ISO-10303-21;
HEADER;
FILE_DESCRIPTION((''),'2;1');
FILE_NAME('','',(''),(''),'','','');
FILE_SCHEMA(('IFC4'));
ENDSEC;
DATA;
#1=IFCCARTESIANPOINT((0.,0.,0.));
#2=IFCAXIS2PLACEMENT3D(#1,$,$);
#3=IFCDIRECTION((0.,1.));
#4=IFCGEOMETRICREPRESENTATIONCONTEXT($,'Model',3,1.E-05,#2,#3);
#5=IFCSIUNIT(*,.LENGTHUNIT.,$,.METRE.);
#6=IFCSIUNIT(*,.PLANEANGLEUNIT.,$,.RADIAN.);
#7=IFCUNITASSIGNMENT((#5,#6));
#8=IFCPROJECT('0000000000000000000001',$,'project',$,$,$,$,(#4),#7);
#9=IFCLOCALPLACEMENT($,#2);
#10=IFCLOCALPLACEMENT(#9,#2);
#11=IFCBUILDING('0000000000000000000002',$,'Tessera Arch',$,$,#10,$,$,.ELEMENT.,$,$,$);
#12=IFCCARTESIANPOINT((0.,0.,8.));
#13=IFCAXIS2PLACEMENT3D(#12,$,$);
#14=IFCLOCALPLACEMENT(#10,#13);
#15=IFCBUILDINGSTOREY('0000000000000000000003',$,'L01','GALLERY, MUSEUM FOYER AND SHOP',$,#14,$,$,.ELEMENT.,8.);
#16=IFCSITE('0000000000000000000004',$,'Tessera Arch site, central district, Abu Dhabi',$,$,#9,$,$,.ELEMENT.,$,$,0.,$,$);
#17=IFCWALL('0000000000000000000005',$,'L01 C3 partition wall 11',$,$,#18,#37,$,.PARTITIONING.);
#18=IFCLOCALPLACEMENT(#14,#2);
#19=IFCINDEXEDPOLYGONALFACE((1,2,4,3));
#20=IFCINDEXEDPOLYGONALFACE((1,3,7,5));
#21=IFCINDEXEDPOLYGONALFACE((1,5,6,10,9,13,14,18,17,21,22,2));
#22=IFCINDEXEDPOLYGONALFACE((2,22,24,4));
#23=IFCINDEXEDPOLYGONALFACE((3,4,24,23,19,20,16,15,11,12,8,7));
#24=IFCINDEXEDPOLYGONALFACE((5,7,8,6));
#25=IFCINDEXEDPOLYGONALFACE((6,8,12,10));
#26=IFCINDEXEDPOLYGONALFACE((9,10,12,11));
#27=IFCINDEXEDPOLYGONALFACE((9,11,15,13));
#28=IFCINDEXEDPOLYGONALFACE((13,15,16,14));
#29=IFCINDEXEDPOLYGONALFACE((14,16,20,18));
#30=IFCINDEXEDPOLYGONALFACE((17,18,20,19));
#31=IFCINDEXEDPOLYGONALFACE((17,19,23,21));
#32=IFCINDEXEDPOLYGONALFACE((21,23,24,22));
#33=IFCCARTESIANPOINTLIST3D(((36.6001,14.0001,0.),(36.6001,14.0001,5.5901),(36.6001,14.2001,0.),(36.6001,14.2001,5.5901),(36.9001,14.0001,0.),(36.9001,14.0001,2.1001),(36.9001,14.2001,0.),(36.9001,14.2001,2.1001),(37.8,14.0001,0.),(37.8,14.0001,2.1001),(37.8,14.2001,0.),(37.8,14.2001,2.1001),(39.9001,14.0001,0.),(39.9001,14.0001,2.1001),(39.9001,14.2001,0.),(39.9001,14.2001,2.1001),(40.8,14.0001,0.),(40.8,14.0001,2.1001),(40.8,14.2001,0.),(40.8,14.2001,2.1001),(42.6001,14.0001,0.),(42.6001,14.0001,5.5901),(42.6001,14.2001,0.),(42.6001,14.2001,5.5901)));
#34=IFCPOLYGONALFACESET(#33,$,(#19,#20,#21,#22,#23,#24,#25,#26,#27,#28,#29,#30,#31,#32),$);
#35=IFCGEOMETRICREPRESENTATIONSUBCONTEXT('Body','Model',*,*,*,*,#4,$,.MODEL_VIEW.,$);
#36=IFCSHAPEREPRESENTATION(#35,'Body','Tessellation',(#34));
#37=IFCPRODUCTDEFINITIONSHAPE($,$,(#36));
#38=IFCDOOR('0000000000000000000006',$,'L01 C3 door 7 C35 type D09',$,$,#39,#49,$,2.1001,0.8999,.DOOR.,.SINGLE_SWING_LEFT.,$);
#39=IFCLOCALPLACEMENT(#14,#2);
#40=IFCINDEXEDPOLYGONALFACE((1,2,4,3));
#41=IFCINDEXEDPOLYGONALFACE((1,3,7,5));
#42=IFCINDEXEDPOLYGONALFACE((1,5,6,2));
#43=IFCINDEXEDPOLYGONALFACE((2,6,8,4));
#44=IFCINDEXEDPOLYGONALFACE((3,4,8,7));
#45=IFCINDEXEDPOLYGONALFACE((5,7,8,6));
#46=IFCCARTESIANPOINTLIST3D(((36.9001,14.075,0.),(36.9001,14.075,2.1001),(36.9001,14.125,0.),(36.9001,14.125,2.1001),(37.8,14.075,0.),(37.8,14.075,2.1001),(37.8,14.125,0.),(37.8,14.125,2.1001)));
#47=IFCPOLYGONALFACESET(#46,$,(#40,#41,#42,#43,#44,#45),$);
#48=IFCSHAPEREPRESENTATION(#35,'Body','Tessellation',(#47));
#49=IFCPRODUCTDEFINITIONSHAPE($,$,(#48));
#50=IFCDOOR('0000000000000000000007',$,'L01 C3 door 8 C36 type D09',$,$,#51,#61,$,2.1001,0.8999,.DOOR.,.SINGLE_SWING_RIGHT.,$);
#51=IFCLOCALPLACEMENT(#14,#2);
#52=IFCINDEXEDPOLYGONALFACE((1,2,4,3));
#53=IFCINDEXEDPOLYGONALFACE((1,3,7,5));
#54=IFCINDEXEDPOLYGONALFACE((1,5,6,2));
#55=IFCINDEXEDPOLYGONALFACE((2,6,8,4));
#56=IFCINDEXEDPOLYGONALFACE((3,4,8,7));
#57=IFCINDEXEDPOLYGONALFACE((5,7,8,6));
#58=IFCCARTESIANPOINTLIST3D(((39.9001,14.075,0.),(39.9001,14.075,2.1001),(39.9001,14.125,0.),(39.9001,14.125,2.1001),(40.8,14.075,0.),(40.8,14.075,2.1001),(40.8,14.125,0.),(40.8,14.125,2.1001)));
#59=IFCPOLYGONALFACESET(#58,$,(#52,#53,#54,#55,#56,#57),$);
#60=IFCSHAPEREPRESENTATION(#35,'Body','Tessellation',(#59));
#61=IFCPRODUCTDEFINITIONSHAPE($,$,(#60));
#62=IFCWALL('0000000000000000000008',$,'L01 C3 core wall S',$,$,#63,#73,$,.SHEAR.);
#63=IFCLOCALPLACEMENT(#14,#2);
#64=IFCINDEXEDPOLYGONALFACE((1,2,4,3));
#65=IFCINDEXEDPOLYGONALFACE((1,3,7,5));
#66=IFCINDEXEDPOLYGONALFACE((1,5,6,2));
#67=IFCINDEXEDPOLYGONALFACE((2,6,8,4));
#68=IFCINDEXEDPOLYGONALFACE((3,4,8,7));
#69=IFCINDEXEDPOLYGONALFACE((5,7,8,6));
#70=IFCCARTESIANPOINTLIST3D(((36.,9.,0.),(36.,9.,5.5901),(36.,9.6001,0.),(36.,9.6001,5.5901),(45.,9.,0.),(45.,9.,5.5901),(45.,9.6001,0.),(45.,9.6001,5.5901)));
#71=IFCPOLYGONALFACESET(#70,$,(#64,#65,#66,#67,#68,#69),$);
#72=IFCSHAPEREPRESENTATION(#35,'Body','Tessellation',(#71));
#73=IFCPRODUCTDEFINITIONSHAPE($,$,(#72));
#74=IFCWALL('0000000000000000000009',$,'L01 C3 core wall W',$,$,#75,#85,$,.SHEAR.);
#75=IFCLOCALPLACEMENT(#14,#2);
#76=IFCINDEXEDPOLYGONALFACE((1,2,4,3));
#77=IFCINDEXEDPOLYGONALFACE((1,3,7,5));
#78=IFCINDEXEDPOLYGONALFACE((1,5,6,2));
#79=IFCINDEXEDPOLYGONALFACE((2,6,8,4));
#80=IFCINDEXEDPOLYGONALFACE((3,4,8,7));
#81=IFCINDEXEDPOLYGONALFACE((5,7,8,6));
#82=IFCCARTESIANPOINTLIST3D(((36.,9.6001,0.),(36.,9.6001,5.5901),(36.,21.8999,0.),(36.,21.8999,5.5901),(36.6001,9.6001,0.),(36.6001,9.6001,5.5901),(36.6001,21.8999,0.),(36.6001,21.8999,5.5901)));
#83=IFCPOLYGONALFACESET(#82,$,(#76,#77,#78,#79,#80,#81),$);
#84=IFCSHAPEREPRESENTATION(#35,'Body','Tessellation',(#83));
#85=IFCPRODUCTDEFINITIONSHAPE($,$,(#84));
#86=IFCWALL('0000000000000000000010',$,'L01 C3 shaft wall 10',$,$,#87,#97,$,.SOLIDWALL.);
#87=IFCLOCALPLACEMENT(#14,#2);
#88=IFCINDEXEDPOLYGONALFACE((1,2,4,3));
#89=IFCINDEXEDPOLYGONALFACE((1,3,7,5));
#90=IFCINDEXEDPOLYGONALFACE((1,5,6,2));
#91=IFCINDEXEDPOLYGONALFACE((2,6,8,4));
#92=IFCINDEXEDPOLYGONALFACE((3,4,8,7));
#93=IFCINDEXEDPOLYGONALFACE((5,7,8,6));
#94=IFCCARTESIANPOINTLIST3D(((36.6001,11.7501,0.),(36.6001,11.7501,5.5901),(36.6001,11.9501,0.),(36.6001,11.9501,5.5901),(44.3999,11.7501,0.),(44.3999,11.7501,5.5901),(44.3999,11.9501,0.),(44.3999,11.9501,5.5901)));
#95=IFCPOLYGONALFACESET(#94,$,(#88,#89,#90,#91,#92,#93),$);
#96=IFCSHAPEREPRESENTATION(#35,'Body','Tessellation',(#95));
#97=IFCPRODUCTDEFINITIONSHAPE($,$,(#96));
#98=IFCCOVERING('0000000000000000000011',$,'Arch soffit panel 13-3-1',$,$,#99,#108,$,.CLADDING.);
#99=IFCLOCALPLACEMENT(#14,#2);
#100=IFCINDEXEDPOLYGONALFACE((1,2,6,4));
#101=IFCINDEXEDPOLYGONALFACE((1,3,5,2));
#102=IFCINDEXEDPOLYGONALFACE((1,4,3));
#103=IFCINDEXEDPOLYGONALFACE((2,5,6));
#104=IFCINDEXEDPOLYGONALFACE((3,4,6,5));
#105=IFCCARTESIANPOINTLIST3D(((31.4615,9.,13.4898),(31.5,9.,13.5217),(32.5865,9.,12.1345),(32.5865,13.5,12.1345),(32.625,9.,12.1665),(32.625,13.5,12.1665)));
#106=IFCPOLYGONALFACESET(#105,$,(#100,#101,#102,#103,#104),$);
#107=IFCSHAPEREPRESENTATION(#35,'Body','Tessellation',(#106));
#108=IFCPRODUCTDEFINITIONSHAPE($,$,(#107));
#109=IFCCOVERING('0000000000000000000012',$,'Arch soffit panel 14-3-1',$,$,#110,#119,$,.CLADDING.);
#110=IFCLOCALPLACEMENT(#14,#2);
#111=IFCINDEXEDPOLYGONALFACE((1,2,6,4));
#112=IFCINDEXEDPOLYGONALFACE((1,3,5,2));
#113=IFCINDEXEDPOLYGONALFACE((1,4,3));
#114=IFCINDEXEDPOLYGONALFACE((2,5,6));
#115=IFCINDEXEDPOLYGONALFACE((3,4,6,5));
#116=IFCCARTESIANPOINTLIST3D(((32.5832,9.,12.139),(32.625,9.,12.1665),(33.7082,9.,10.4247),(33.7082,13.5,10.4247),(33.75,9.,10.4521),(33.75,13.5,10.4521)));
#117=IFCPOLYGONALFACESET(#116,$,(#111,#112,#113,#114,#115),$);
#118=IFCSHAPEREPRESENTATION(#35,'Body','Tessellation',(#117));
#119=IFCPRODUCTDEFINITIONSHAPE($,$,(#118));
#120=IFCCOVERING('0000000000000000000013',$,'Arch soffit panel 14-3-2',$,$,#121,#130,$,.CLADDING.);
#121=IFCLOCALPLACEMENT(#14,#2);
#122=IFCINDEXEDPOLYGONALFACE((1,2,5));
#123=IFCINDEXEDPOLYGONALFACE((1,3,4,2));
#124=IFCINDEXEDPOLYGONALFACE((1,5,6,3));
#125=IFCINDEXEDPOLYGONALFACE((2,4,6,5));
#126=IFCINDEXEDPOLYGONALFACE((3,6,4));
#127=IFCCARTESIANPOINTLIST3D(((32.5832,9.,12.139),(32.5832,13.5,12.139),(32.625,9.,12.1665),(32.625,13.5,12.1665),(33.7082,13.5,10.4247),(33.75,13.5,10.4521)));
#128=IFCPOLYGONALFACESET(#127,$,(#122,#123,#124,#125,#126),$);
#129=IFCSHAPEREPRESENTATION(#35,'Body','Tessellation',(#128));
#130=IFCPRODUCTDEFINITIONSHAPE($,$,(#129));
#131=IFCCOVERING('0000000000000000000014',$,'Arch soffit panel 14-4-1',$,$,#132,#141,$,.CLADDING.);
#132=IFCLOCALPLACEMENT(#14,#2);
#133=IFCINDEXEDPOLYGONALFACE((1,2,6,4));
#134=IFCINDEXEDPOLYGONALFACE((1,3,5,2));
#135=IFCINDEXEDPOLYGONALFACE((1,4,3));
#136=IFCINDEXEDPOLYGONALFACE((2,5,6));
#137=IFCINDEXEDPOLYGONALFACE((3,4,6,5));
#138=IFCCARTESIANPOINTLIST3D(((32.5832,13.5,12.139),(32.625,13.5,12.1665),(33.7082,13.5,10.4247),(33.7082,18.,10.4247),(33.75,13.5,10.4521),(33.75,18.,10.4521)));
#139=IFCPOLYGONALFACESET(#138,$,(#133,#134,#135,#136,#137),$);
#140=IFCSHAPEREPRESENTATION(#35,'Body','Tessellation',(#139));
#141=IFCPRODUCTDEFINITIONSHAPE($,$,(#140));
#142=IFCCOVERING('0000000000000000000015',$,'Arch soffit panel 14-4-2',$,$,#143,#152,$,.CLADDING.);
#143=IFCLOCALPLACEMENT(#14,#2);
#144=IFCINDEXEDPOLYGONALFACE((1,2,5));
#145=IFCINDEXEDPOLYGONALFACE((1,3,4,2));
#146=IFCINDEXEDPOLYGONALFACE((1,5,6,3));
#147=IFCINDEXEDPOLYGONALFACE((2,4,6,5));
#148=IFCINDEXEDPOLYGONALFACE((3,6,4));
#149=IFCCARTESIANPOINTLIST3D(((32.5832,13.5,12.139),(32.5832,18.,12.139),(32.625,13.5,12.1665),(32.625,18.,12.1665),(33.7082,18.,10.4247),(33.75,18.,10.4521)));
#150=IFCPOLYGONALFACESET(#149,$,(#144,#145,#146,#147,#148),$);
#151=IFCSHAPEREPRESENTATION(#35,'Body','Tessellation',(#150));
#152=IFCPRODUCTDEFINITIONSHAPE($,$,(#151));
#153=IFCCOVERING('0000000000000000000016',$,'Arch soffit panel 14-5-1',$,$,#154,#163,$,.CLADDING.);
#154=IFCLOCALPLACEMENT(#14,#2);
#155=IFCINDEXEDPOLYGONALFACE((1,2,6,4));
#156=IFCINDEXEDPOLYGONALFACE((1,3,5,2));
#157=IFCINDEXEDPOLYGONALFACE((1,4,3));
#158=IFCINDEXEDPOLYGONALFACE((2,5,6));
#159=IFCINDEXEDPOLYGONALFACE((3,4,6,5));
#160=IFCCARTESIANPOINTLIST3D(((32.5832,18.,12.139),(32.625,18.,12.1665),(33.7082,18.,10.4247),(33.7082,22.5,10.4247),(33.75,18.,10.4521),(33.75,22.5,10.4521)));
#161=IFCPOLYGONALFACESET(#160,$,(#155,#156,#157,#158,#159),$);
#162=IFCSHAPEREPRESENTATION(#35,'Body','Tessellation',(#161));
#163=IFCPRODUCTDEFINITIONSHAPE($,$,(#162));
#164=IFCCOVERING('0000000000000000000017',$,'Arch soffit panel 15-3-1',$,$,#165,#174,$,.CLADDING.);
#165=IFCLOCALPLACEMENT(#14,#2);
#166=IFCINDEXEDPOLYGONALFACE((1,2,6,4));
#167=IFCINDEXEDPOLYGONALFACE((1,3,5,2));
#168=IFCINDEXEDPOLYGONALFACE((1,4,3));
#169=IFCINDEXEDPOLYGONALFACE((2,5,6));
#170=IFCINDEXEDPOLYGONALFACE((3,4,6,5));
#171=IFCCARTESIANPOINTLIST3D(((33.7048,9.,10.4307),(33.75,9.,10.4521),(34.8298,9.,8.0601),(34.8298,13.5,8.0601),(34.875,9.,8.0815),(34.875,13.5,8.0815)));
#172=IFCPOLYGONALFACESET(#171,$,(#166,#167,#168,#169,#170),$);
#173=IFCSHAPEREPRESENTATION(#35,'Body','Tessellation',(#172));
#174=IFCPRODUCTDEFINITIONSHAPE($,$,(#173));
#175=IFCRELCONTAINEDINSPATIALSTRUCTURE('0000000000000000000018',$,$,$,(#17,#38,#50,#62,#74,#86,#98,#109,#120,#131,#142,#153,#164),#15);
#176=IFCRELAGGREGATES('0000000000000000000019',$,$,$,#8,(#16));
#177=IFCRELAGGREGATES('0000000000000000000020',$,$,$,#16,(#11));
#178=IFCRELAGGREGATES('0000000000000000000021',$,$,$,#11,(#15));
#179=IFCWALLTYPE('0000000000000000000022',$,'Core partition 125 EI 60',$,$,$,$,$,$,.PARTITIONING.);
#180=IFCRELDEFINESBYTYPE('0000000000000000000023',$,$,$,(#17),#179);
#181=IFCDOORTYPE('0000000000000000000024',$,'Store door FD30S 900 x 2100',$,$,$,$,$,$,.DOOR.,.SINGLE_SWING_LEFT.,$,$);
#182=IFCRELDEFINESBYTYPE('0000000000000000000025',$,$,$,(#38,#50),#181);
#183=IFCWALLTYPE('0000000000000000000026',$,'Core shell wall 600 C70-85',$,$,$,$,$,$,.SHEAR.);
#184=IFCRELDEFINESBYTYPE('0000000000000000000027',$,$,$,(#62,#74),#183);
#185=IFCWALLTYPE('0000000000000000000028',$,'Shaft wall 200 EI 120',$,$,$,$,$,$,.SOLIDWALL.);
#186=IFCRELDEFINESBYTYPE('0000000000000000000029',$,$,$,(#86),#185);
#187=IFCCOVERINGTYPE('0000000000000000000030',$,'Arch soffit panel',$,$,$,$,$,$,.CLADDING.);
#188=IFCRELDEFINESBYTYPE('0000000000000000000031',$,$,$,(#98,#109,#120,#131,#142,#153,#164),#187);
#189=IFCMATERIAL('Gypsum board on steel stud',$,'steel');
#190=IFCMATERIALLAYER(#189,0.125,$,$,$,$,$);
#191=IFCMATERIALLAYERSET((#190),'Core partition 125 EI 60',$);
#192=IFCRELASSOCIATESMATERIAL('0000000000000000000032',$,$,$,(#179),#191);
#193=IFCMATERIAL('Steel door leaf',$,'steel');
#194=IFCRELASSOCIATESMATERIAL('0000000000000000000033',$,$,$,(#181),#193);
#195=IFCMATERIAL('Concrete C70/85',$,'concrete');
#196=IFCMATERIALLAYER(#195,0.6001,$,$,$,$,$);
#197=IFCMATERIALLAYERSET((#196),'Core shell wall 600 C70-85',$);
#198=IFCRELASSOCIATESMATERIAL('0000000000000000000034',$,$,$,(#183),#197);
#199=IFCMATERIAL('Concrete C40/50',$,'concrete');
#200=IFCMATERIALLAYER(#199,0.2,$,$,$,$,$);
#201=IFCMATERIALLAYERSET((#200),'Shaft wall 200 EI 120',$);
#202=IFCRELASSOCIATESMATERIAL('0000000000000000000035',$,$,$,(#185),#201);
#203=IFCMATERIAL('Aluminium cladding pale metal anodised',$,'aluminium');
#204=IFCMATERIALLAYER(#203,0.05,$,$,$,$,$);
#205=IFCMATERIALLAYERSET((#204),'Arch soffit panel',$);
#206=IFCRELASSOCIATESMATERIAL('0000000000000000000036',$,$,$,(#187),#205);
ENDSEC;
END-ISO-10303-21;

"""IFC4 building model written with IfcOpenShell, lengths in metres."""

from ifc_helpers import new_model, si_unit, direction, frame, frame_2d, origin, place, context, subcontext, project, spatial, polyline, rectangle, outline, extrude, material, layer, layer_set, type_object, element, fill, save


model = new_model("IFC4")

# Units and contexts
model_context = context("Model", 3, precision=1e-05, world=origin(), true_north=direction((0.0, 1.0)))
body_context = subcontext(model_context, "Body", "Model", "MODEL_VIEW")
ifc_project = project(units=[si_unit("LENGTHUNIT", "METRE"), si_unit("PLANEANGLEUNIT", "RADIAN")], contexts=[model_context])

# Site, building, storey
site_placement = place(None, origin())
site = spatial("IfcSite", under=ifc_project, at=site_placement, Name="Tessera Arch site, central district, Abu Dhabi", CompositionType="ELEMENT", RefElevation=0.0)
building_placement = place(site_placement, origin())
building = spatial("IfcBuilding", under=site, at=building_placement, Name="Tessera Arch", CompositionType="ELEMENT")
storey_placement = place(building_placement, frame((0.0, 0.0, 8.0)))
storey = spatial("IfcBuildingStorey", under=building, at=storey_placement, Name="L01", Description="GALLERY, MUSEUM FOYER AND SHOP", CompositionType="ELEMENT", Elevation=8.0)

# Wall, openings, doors
ifc_material_1 = material(Name="Gypsum board on steel stud", Category="steel")
ifc_layer_1 = layer(ifc_material_1, 0.125)
ifc_layer_set_1 = layer_set([ifc_layer_1], Name="Core partition 125 EI 60")
wall_type_1 = type_object("IfcWallType", Name="Core partition 125 EI 60", PredefinedType="PARTITIONING", material=ifc_layer_set_1)
wall_1_placement = place(storey_placement, frame((36.6001, 14.1001, 0.0), z_axis=(0.0, 0.0, 1.0), x_axis=(1.0, 0.0, 0.0)))
wall_1 = element("IfcWall", 1, at=wall_1_placement, inside=storey, type_object=wall_type_1, Name="L01 C3 partition wall 11", PredefinedType="PARTITIONING", context=body_context, shape_type="SweptSolid", body=[
    extrude(rectangle(XDim=6.0, YDim=0.2, at=frame_2d((3.0, 0.0))), origin(), (0.0, 0.0, 1.0), 5.5901),
])
opening_1_placement = place(wall_1_placement, frame((0.3, 0.0, 0.0)))
opening_1 = element("IfcOpeningElement", 2, at=opening_1_placement, cuts=wall_1, PredefinedType="OPENING", context=body_context, shape_type="SweptSolid", body=[
    extrude(rectangle(XDim=0.8999, YDim=2.1001, at=frame_2d((0.45, 1.05))), frame((0.0, 0.1099, 0.0), z_axis=(0.0, -1.0, 0.0), x_axis=(1.0, 0.0, 0.0)), (0.0, 0.0, 1.0), 0.22),
])
opening_2_placement = place(wall_1_placement, frame((3.3, 0.0, 0.0)))
opening_2 = element("IfcOpeningElement", 3, at=opening_2_placement, cuts=wall_1, PredefinedType="OPENING", context=body_context, shape_type="SweptSolid", body=[
    extrude(rectangle(XDim=0.8999, YDim=2.1001, at=frame_2d((0.45, 1.05))), frame((0.0, 0.1099, 0.0), z_axis=(0.0, -1.0, 0.0), x_axis=(1.0, 0.0, 0.0)), (0.0, 0.0, 1.0), 0.22),
])
ifc_material_2 = material(Name="Steel door leaf", Category="steel")
door_type = type_object("IfcDoorType", Name="Store door FD30S 900 x 2100", OperationType="SINGLE_SWING_LEFT", PredefinedType="DOOR", material=ifc_material_2)
door_1_placement = place(opening_1_placement, origin())
door_1 = element("IfcDoor", 4, at=door_1_placement, inside=storey, type_object=door_type, Name="L01 C3 door 7 C35 type D09", OperationType="SINGLE_SWING_LEFT", OverallHeight=2.1001, OverallWidth=0.8999, PredefinedType="DOOR", context=body_context, shape_type="SweptSolid", body=[
    extrude(rectangle(XDim=0.8999, YDim=2.1001, at=frame_2d((0.45, 1.05))), frame((0.0, 0.0249, 0.0), z_axis=(0.0, -1.0, 0.0), x_axis=(1.0, 0.0, 0.0)), (0.0, 0.0, 1.0), 0.05),
])
fill(opening_1, door_1)
door_2_placement = place(opening_2_placement, origin())
door_2 = element("IfcDoor", 5, at=door_2_placement, inside=storey, type_object=door_type, Name="L01 C3 door 8 C36 type D09", OperationType="SINGLE_SWING_RIGHT", OverallHeight=2.1001, OverallWidth=0.8999, PredefinedType="DOOR", context=body_context, shape_type="SweptSolid", body=[
    extrude(rectangle(XDim=0.8999, YDim=2.1001, at=frame_2d((0.45, 1.05))), frame((0.0, 0.0249, 0.0), z_axis=(0.0, -1.0, 0.0), x_axis=(1.0, 0.0, 0.0)), (0.0, 0.0, 1.0), 0.05),
])
fill(opening_2, door_2)

# Walls
ifc_material_3 = material(Name="Concrete C70/85", Category="concrete")
ifc_layer_2 = layer(ifc_material_3, 0.6001)
ifc_layer_set_2 = layer_set([ifc_layer_2], Name="Core shell wall 600 C70-85")
wall_type_2 = type_object("IfcWallType", Name="Core shell wall 600 C70-85", PredefinedType="SHEAR", material=ifc_layer_set_2)
wall_2_placement = place(storey_placement, frame((36.0, 9.3, 0.0), z_axis=(0.0, 0.0, 1.0), x_axis=(1.0, 0.0, 0.0)))
element("IfcWall", 6, at=wall_2_placement, inside=storey, type_object=wall_type_2, Name="L01 C3 core wall S", PredefinedType="SHEAR", context=body_context, shape_type="SweptSolid", body=[
    extrude(rectangle(XDim=9.0, YDim=0.6001, at=frame_2d((4.5, 0.0))), origin(), (0.0, 0.0, 1.0), 5.5901),
])
wall_3_placement = place(storey_placement, frame((36.3, 9.6001, 0.0), z_axis=(0.0, 0.0, 1.0), x_axis=(0.0, 1.0, 0.0)))
element("IfcWall", 7, at=wall_3_placement, inside=storey, type_object=wall_type_2, Name="L01 C3 core wall W", PredefinedType="SHEAR", context=body_context, shape_type="SweptSolid", body=[
    extrude(rectangle(XDim=12.2998, YDim=0.6001, at=frame_2d((6.1499, 0.0))), origin(), (0.0, 0.0, 1.0), 5.5901),
])
ifc_material_4 = material(Name="Concrete C40/50", Category="concrete")
ifc_layer_3 = layer(ifc_material_4, 0.2)
ifc_layer_set_3 = layer_set([ifc_layer_3], Name="Shaft wall 200 EI 120")
wall_type_3 = type_object("IfcWallType", Name="Shaft wall 200 EI 120", PredefinedType="SOLIDWALL", material=ifc_layer_set_3)
wall_4_placement = place(storey_placement, frame((36.6001, 11.8501, 0.0), z_axis=(0.0, 0.0, 1.0), x_axis=(1.0, 0.0, 0.0)))
element("IfcWall", 8, at=wall_4_placement, inside=storey, type_object=wall_type_3, Name="L01 C3 shaft wall 10", PredefinedType="SOLIDWALL", context=body_context, shape_type="SweptSolid", body=[
    extrude(rectangle(XDim=7.7998, YDim=0.2, at=frame_2d((3.8999, 0.0))), origin(), (0.0, 0.0, 1.0), 5.5901),
])

# Coverings
ifc_material_5 = material(Name="Aluminium cladding pale metal anodised", Category="aluminium")
ifc_layer_4 = layer(ifc_material_5, 0.05)
ifc_layer_set_4 = layer_set([ifc_layer_4], Name="Arch soffit panel")
covering_type = type_object("IfcCoveringType", Name="Arch soffit panel", PredefinedType="CLADDING", material=ifc_layer_set_4)
covering_1_placement = place(storey_placement, frame((31.5, 9.0, 13.5217), z_axis=(0.769436, 0.0, 0.638724), x_axis=(0.638724, 0.0, -0.769436)))
element("IfcCovering", 9, at=covering_1_placement, inside=storey, type_object=covering_type, Name="Arch soffit panel 13-3-1", PredefinedType="CLADDING", context=body_context, shape_type="SweptSolid", body=[
    extrude(outline(polyline([(0.0, 0.0), (1.7613, 0.0), (1.7613, 4.5), (0.0, 0.0)])), origin(), (0.0, 0.0, -1.0), 0.05),
])
covering_2_placement = place(storey_placement, frame((32.625, 9.0, 12.1665), z_axis=(0.836058, 0.0, 0.548641), x_axis=(0.548641, 0.0, -0.836058)))
element("IfcCovering", 10, at=covering_2_placement, inside=storey, type_object=covering_type, Name="Arch soffit panel 14-3-1", PredefinedType="CLADDING", context=body_context, shape_type="SweptSolid", body=[
    extrude(outline(polyline([(0.0, 0.0), (2.0505, 0.0), (2.0505, 4.5), (0.0, 0.0)])), origin(), (0.0, 0.0, -1.0), 0.05),
])
covering_3_placement = place(storey_placement, frame((32.625, 9.0, 12.1665), z_axis=(0.836058, 0.0, 0.548641), x_axis=(0.227495, 0.90998, -0.346673)))
element("IfcCovering", 11, at=covering_3_placement, inside=storey, type_object=covering_type, Name="Arch soffit panel 14-3-2", PredefinedType="CLADDING", context=body_context, shape_type="SweptSolid", body=[
    extrude(outline(polyline([(0.0, 0.0), (4.9452, 0.0), (4.0949, 1.8659), (0.0, 0.0)])), origin(), (0.0, 0.0, -1.0), 0.05),
])
covering_4_placement = place(storey_placement, frame((32.625, 13.5, 12.1665), z_axis=(0.836058, 0.0, 0.548641), x_axis=(0.548641, 0.0, -0.836058)))
element("IfcCovering", 12, at=covering_4_placement, inside=storey, type_object=covering_type, Name="Arch soffit panel 14-4-1", PredefinedType="CLADDING", context=body_context, shape_type="SweptSolid", body=[
    extrude(outline(polyline([(0.0, 0.0), (2.0505, 0.0), (2.0505, 4.5), (0.0, 0.0)])), origin(), (0.0, 0.0, -1.0), 0.05),
])
covering_5_placement = place(storey_placement, frame((32.625, 13.5, 12.1665), z_axis=(0.836058, 0.0, 0.548641), x_axis=(0.227495, 0.90998, -0.346673)))
element("IfcCovering", 13, at=covering_5_placement, inside=storey, type_object=covering_type, Name="Arch soffit panel 14-4-2", PredefinedType="CLADDING", context=body_context, shape_type="SweptSolid", body=[
    extrude(outline(polyline([(0.0, 0.0), (4.9452, 0.0), (4.0949, 1.8659), (0.0, 0.0)])), origin(), (0.0, 0.0, -1.0), 0.05),
])
covering_6_placement = place(storey_placement, frame((32.625, 18.0, 12.1665), z_axis=(0.836058, 0.0, 0.548641), x_axis=(0.548641, 0.0, -0.836058)))
element("IfcCovering", 14, at=covering_6_placement, inside=storey, type_object=covering_type, Name="Arch soffit panel 14-5-1", PredefinedType="CLADDING", context=body_context, shape_type="SweptSolid", body=[
    extrude(outline(polyline([(0.0, 0.0), (2.0505, 0.0), (2.0505, 4.5), (0.0, 0.0)])), origin(), (0.0, 0.0, -1.0), 0.05),
])
covering_7_placement = place(storey_placement, frame((33.75, 9.0, 10.4521), z_axis=(0.903431, 0.0, 0.428734), x_axis=(0.428734, 0.0, -0.903431)))
element("IfcCovering", 15, at=covering_7_placement, inside=storey, type_object=covering_type, Name="Arch soffit panel 15-3-1", PredefinedType="CLADDING", context=body_context, shape_type="SweptSolid", body=[
    extrude(outline(polyline([(0.0, 0.0), (2.624, 0.0), (2.624, 4.5), (0.0, 0.0)])), origin(), (0.0, 0.0, -1.0), 0.05),
])

save(model, "model.ifc")
